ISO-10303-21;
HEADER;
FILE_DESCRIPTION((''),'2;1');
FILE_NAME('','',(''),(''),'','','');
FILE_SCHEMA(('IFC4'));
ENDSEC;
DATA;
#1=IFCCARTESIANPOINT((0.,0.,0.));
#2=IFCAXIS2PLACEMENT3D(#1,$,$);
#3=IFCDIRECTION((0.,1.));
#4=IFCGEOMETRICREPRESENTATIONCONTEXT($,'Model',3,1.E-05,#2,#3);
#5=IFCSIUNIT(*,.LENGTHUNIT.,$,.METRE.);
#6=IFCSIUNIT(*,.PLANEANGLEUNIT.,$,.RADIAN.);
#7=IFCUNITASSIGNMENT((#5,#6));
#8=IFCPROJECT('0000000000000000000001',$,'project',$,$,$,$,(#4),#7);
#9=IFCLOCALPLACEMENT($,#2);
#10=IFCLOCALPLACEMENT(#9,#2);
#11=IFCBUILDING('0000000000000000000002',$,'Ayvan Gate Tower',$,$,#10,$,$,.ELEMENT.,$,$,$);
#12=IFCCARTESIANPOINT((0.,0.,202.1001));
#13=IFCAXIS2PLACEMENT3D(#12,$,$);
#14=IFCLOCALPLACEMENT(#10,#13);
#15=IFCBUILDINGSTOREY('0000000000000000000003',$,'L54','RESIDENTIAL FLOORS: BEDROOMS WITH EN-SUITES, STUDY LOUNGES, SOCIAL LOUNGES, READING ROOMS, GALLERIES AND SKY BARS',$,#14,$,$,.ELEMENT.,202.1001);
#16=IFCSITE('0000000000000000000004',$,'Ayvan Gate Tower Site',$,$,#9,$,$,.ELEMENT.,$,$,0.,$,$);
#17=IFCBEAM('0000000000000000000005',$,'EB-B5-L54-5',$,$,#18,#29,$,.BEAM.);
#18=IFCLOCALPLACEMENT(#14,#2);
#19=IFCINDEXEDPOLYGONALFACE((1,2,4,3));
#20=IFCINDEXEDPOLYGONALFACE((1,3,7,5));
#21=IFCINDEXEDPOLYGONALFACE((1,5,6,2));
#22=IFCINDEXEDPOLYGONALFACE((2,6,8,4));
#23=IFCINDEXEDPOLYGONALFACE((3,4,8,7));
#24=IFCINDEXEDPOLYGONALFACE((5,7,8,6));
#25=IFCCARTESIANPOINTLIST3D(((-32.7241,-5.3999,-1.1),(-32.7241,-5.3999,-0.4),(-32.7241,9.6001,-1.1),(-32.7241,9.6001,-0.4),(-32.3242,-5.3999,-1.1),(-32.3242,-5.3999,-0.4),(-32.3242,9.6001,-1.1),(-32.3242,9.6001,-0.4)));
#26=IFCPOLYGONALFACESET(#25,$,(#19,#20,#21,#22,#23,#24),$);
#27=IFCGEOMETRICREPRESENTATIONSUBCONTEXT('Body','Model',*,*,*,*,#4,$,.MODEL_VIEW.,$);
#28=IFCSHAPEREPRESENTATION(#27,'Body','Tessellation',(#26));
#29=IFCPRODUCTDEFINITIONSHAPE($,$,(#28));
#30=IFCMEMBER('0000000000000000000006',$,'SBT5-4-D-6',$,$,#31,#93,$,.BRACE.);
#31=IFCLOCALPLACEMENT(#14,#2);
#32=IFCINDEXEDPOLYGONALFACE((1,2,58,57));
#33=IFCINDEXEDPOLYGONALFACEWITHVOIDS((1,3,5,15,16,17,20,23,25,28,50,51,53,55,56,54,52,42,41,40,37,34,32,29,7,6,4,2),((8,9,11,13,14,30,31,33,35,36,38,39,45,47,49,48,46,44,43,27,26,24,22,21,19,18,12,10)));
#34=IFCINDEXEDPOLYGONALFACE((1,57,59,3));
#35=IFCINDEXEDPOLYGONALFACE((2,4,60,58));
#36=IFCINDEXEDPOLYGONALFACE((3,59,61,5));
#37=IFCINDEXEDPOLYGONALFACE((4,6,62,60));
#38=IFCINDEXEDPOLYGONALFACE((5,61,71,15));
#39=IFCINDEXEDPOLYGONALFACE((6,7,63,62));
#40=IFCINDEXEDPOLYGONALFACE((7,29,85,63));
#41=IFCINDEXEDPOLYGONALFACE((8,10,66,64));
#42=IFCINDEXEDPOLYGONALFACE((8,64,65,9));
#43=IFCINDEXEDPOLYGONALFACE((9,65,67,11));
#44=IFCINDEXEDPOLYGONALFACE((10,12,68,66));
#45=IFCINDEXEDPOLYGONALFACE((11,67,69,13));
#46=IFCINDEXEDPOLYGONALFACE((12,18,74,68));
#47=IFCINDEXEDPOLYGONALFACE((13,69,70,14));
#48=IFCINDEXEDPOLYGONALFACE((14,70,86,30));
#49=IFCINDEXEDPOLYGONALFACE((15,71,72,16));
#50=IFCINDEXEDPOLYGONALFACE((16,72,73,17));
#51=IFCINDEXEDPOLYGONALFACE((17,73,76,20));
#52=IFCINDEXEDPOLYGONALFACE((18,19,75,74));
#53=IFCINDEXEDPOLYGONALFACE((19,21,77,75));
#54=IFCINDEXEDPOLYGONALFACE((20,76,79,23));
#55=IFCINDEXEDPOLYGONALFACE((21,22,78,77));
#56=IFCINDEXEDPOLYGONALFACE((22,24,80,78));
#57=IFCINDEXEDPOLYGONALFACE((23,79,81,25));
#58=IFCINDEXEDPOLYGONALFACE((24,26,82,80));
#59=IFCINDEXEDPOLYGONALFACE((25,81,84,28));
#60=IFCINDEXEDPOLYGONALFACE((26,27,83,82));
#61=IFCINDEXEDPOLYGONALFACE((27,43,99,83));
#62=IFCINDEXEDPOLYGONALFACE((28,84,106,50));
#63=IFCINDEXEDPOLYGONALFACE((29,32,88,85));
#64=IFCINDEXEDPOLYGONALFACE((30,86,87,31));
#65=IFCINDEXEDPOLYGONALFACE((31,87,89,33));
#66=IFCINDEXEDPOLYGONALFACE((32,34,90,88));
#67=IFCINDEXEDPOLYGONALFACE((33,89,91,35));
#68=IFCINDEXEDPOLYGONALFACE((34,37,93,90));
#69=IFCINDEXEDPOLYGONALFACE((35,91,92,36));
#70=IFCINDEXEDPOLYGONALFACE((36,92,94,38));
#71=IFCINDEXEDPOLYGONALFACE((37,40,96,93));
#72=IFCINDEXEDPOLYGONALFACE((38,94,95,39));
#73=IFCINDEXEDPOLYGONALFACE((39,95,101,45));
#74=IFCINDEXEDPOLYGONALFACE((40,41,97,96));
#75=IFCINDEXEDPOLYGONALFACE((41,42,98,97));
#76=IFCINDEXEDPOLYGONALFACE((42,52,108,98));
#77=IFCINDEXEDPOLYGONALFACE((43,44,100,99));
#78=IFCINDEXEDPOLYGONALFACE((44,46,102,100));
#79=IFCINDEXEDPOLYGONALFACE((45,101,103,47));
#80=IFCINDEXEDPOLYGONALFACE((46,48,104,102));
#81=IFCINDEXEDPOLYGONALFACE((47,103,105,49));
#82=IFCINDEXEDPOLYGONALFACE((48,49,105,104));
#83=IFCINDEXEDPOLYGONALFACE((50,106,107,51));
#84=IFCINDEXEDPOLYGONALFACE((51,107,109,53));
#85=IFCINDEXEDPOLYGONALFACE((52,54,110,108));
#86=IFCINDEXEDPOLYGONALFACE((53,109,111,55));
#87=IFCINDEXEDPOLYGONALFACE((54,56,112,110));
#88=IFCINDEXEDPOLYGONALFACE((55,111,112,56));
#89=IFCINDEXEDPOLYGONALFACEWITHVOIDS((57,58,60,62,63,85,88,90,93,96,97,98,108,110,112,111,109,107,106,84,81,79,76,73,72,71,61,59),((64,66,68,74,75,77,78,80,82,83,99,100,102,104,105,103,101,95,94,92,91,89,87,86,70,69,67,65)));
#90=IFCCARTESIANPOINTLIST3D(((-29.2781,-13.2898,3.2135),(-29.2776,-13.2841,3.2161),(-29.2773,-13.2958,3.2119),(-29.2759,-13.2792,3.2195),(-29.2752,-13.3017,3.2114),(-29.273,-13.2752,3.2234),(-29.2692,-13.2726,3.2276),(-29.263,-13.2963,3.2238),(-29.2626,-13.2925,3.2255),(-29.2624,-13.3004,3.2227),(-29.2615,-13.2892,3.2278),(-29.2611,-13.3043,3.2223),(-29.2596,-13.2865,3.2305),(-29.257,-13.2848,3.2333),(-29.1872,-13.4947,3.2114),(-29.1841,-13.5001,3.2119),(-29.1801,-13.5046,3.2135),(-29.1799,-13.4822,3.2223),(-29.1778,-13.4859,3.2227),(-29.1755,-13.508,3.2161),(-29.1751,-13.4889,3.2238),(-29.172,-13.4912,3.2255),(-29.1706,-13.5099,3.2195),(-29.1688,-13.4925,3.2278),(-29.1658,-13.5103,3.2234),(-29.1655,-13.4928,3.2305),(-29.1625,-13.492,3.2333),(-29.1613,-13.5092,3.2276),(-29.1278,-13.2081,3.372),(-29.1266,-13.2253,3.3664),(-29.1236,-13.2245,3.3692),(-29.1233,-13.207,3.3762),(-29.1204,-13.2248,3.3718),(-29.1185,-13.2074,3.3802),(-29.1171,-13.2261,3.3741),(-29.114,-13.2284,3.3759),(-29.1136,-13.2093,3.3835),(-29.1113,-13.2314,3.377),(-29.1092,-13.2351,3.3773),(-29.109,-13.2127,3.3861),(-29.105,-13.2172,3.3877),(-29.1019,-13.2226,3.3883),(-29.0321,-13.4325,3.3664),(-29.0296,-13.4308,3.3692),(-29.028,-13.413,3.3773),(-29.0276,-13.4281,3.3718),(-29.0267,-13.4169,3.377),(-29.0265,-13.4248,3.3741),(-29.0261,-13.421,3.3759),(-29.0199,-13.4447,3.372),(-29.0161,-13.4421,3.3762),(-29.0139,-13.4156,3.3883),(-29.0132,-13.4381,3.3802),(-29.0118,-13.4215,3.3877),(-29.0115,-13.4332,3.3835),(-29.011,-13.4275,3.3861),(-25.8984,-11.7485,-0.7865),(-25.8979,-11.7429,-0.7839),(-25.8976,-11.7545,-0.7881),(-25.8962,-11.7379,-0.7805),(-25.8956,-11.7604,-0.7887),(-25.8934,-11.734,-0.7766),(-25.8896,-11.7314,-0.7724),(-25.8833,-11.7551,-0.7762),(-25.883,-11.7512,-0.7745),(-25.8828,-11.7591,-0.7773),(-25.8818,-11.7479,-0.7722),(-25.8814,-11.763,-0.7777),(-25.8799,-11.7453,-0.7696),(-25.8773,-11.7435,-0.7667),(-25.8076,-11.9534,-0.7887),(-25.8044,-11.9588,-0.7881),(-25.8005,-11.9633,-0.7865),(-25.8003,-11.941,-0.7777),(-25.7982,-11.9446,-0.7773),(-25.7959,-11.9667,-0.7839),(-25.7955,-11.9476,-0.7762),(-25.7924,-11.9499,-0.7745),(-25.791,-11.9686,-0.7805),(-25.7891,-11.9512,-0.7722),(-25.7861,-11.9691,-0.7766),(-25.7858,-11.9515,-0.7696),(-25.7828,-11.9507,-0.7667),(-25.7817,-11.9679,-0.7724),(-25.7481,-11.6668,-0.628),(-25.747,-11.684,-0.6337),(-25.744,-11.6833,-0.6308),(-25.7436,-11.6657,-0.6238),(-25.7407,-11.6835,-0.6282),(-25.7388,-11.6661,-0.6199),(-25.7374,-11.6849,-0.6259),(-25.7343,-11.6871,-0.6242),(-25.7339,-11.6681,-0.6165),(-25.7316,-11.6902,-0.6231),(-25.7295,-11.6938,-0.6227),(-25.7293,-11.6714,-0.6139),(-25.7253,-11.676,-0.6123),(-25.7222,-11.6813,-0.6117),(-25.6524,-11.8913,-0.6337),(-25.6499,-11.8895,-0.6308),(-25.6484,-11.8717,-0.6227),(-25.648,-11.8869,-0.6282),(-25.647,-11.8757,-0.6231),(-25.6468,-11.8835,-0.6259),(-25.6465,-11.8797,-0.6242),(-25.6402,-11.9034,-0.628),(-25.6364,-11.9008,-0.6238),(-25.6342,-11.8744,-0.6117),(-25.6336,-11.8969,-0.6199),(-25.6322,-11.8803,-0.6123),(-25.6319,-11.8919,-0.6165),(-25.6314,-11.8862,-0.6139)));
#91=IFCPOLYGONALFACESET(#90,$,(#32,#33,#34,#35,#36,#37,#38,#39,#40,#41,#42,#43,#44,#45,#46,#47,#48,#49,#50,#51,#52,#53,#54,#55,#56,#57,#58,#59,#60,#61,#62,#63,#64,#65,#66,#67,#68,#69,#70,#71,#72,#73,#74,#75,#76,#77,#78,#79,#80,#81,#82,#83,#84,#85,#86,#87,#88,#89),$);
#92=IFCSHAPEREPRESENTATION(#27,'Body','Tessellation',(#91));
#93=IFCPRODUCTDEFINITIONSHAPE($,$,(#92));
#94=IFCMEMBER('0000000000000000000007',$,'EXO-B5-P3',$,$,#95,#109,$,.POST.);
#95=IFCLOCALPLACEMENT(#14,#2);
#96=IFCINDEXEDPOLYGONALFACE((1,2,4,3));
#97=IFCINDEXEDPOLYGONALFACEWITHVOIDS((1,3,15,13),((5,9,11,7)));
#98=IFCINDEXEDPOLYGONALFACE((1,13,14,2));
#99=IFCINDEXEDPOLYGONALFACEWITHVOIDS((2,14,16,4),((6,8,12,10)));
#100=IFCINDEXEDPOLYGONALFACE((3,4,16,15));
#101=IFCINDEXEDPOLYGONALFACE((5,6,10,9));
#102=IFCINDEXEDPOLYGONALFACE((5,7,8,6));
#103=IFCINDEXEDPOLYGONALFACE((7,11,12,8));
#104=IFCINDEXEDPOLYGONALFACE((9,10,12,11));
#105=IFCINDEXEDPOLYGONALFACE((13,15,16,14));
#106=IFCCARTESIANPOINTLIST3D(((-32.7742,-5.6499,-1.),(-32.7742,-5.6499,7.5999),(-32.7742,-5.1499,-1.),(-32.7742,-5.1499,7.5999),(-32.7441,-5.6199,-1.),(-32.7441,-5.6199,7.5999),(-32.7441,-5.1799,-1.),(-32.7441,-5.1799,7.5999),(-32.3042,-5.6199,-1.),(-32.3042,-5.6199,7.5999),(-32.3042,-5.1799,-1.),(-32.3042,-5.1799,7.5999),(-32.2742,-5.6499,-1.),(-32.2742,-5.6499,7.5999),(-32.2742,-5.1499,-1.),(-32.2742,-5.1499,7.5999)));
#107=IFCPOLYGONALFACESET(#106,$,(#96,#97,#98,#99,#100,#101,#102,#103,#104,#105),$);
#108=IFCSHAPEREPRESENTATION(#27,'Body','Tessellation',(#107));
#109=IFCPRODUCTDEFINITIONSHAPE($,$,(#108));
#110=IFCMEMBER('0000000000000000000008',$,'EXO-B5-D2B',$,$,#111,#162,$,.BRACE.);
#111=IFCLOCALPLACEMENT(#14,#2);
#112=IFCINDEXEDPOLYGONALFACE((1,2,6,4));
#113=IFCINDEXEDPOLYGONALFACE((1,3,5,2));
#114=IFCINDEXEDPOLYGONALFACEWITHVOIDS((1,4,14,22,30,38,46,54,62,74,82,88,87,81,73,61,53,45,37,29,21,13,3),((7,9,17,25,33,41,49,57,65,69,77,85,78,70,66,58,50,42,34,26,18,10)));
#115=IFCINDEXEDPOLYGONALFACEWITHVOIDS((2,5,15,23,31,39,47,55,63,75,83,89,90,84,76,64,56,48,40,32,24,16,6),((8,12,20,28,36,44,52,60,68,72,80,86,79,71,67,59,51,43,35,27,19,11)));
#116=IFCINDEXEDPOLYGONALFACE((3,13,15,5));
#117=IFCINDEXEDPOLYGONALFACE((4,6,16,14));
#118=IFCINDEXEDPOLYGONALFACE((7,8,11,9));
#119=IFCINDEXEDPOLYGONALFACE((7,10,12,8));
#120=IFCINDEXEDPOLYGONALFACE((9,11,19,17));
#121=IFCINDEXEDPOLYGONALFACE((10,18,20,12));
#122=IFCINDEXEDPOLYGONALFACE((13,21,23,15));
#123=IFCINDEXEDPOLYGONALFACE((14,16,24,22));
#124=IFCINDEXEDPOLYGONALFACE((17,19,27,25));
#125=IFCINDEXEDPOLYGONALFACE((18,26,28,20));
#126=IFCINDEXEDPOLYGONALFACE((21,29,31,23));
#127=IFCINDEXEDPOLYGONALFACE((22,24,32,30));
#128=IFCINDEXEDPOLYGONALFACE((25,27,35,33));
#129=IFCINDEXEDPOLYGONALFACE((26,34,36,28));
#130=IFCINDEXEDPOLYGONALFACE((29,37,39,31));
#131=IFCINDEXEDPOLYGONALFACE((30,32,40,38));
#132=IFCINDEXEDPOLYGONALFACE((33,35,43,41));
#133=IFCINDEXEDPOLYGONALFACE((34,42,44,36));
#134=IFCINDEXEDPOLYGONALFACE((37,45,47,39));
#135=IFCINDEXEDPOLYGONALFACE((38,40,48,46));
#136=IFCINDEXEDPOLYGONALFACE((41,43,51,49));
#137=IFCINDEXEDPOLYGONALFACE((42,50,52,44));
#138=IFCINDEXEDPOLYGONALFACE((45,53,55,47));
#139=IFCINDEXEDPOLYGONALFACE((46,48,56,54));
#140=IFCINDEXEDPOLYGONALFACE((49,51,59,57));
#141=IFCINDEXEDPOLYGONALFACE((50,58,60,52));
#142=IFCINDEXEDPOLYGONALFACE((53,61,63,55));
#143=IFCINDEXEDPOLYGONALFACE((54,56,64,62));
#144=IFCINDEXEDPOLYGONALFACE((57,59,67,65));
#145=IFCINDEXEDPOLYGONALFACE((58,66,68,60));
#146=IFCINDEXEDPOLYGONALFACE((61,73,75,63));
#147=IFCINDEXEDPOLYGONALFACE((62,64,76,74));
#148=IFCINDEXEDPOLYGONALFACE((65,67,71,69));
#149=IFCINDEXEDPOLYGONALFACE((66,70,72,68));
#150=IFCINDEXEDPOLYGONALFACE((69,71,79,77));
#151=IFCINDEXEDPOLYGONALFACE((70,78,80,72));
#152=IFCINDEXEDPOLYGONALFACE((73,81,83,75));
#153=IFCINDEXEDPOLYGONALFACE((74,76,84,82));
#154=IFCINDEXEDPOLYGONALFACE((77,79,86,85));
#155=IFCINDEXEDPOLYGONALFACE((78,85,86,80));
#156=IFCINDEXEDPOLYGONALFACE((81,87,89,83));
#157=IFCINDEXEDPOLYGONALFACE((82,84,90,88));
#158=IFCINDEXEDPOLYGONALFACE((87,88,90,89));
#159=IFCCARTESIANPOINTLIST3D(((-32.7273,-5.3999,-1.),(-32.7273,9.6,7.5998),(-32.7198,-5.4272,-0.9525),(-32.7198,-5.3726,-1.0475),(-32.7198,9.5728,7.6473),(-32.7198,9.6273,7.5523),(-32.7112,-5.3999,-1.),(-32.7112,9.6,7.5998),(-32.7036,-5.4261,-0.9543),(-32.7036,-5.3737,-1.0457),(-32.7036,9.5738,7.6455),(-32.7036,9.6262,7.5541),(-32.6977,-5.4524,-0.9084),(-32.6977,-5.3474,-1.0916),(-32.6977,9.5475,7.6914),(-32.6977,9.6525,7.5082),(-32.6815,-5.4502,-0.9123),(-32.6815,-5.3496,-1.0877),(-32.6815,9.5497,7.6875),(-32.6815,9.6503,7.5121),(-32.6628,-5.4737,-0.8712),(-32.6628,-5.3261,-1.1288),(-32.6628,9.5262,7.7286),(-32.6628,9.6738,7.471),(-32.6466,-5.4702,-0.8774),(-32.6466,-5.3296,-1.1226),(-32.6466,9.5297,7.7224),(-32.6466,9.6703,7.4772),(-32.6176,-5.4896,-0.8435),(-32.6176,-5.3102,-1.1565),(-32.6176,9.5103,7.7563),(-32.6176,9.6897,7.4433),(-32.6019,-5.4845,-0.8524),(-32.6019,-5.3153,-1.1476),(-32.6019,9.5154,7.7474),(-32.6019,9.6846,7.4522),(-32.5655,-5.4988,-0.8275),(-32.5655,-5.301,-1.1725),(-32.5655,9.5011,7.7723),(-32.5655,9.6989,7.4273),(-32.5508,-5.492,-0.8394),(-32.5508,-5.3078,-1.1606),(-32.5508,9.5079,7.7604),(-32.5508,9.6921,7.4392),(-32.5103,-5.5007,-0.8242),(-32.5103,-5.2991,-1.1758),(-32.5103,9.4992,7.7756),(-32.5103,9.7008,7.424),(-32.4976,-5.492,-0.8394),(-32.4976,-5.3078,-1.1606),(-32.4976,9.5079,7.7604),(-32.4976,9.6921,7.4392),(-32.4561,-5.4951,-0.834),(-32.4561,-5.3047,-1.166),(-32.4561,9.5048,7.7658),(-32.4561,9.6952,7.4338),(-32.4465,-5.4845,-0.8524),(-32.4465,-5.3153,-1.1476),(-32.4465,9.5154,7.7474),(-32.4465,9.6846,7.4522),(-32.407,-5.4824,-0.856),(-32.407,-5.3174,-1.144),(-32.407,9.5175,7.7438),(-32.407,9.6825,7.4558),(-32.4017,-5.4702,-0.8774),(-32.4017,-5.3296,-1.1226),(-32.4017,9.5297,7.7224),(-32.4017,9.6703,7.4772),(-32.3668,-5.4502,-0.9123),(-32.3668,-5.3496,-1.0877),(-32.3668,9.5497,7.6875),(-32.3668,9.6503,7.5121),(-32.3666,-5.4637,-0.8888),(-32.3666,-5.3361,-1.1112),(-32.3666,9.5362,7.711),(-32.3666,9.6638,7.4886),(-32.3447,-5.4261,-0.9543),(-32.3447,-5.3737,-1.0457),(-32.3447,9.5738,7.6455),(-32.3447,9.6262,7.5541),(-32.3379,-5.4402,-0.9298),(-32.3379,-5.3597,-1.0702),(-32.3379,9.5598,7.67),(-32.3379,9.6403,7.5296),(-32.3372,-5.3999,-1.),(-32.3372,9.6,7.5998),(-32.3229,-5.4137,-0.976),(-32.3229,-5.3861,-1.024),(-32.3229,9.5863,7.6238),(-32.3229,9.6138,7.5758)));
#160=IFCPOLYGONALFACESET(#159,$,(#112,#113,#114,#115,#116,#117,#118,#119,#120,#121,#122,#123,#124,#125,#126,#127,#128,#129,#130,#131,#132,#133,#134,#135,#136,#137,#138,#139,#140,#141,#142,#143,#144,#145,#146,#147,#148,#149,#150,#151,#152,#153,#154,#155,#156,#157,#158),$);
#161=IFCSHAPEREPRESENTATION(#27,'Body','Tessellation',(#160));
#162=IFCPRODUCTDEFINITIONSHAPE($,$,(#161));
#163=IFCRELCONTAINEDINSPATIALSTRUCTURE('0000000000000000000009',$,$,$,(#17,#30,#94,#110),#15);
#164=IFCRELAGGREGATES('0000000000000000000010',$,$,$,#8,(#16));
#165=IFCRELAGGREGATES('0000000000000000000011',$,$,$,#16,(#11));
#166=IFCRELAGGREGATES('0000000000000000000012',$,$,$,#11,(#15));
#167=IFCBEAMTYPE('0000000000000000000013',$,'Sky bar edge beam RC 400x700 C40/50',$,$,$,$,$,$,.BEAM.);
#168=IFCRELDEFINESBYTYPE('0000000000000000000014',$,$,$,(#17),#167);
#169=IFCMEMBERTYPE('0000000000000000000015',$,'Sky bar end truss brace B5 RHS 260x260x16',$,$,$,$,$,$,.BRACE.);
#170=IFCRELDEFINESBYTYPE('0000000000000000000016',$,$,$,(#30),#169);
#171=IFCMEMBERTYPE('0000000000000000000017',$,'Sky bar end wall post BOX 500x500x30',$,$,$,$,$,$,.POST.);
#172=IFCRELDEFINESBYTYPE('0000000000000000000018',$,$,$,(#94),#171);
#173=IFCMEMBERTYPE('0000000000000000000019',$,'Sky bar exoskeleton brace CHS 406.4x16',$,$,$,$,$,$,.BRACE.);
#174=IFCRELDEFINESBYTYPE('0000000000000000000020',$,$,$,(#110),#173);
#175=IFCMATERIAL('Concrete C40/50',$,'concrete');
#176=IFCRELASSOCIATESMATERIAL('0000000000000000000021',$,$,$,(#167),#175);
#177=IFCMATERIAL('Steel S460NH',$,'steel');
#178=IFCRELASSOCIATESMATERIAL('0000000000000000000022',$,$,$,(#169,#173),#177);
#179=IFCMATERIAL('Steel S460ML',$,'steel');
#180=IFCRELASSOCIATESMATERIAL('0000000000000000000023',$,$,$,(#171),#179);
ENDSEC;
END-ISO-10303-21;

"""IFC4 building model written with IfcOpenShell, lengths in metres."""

from ifc_helpers import new_model, si_unit, direction, frame, origin, origin_2d, place, context, subcontext, project, spatial, rectangle, hollow_rectangle, hollow_circle, extrude, material, material_profile, profile_set, type_object, element, save


model = new_model("IFC4")

# Units and contexts
model_context = context("Model", 3, precision=1e-05, world=origin(), true_north=direction((0.0, 1.0)))
body_context = subcontext(model_context, "Body", "Model", "MODEL_VIEW")
ifc_project = project(units=[si_unit("LENGTHUNIT", "METRE"), si_unit("PLANEANGLEUNIT", "RADIAN")], contexts=[model_context])

# Site, building, storey
site_placement = place(None, origin())
site = spatial("IfcSite", under=ifc_project, at=site_placement, Name="Ayvan Gate Tower Site", CompositionType="ELEMENT", RefElevation=0.0)
building_placement = place(site_placement, origin())
building = spatial("IfcBuilding", under=site, at=building_placement, Name="Ayvan Gate Tower", CompositionType="ELEMENT")
storey_placement = place(building_placement, frame((0.0, 0.0, 202.1001)))
storey = spatial("IfcBuildingStorey", under=building, at=storey_placement, Name="L54", Description="RESIDENTIAL FLOORS: BEDROOMS WITH EN-SUITES, STUDY LOUNGES, SOCIAL LOUNGES, READING ROOMS, GALLERIES AND SKY BARS", CompositionType="ELEMENT", Elevation=202.1001)

# Beam
ifc_material_1 = material(Name="Concrete C40/50", Category="concrete")
ifc_material_profile_1 = material_profile(ifc_material_1, rectangle(XDim=0.3999, YDim=0.7, at=origin_2d()), Name="RC 400x700")
ifc_profile_set_1 = profile_set([ifc_material_profile_1], Name="Concrete C40/50")
beam_type = type_object("IfcBeamType", Name="Sky bar edge beam RC 400x700 C40/50", PredefinedType="BEAM", material=ifc_profile_set_1)
beam_placement = place(storey_placement, frame((-32.5242, -5.3999, -0.75), z_axis=(0.0, 1.0, 0.0), x_axis=(-1.0, 0.0, 0.0)))
element("IfcBeam", 1, at=beam_placement, inside=storey, type_object=beam_type, Name="EB-B5-L54-5", PredefinedType="BEAM", context=body_context, shape_type="SweptSolid", body=[
    extrude(rectangle(XDim=0.3999, YDim=0.7, at=origin_2d()), origin(), (0.0, 0.0, 1.0), 15.0),
])

# Members
ifc_material_2 = material(Name="Steel S460NH", Category="steel")
ifc_material_profile_2 = material_profile(ifc_material_2, hollow_rectangle(XDim=0.26, YDim=0.26, WallThickness=0.0161, InnerFilletRadius=0.0161, OuterFilletRadius=0.0239, at=origin_2d()), Name="RHS 260x260x16")
ifc_profile_set_2 = profile_set([ifc_material_profile_2], Name="Steel S460NH")
member_type_1 = type_object("IfcMemberType", Name="Sky bar end truss brace B5 RHS 260x260x16", PredefinedType="BRACE", material=ifc_profile_set_2)
member_1_placement = place(storey_placement, frame((-25.7649, -11.8174, -0.7002), z_axis=(-0.619129, -0.282349, 0.732775), x_axis=(0.414932, -0.909853, 0.0)))
element("IfcMember", 2, at=member_1_placement, inside=storey, type_object=member_type_1, Name="SBT5-4-D-6", PredefinedType="BRACE", context=body_context, shape_type="SweptSolid", body=[
    extrude(hollow_rectangle(XDim=0.26, YDim=0.26, WallThickness=0.0161, InnerFilletRadius=0.0161, OuterFilletRadius=0.0239, at=origin_2d()), origin(), (0.0, 0.0, 1.0), 5.4587),
])
ifc_material_3 = material(Name="Steel S460ML", Category="steel")
ifc_material_profile_3 = material_profile(ifc_material_3, hollow_rectangle(XDim=0.5, YDim=0.5, WallThickness=0.03, at=origin_2d()), Name="BOX 500x500x30")
ifc_profile_set_3 = profile_set([ifc_material_profile_3], Name="Steel S460ML")
member_type_2 = type_object("IfcMemberType", Name="Sky bar end wall post BOX 500x500x30", PredefinedType="POST", material=ifc_profile_set_3)
member_2_placement = place(storey_placement, frame((-32.5242, -5.3999, -1.0), z_axis=(0.0, 0.0, 1.0), x_axis=(1.0, 0.0, 0.0)))
element("IfcMember", 3, at=member_2_placement, inside=storey, type_object=member_type_2, Name="EXO-B5-P3", PredefinedType="POST", context=body_context, shape_type="SweptSolid", body=[
    extrude(hollow_rectangle(XDim=0.5, YDim=0.5, WallThickness=0.03, at=origin_2d()), origin(), (0.0, 0.0, 1.0), 8.5999),
])
ifc_material_profile_4 = material_profile(ifc_material_2, hollow_circle(Radius=0.2031, WallThickness=0.0161, at=origin_2d()), Name="CHS 406.4x16")
ifc_profile_set_4 = profile_set([ifc_material_profile_4], Name="Steel S460NH")
member_type_3 = type_object("IfcMemberType", Name="Sky bar exoskeleton brace CHS 406.4x16", PredefinedType="BRACE", material=ifc_profile_set_4)
member_3_placement = place(storey_placement, frame((-32.5242, -5.3999, -1.0), z_axis=(0.0, 0.867534, 0.497378), x_axis=(-1.0, 0.0, 0.0)))
element("IfcMember", 4, at=member_3_placement, inside=storey, type_object=member_type_3, Name="EXO-B5-D2B", PredefinedType="BRACE", context=body_context, shape_type="SweptSolid", body=[
    extrude(hollow_circle(Radius=0.2031, WallThickness=0.0161, at=origin_2d()), origin(), (0.0, 0.0, 1.0), 17.2903),
])

save(model, "model.ifc")
